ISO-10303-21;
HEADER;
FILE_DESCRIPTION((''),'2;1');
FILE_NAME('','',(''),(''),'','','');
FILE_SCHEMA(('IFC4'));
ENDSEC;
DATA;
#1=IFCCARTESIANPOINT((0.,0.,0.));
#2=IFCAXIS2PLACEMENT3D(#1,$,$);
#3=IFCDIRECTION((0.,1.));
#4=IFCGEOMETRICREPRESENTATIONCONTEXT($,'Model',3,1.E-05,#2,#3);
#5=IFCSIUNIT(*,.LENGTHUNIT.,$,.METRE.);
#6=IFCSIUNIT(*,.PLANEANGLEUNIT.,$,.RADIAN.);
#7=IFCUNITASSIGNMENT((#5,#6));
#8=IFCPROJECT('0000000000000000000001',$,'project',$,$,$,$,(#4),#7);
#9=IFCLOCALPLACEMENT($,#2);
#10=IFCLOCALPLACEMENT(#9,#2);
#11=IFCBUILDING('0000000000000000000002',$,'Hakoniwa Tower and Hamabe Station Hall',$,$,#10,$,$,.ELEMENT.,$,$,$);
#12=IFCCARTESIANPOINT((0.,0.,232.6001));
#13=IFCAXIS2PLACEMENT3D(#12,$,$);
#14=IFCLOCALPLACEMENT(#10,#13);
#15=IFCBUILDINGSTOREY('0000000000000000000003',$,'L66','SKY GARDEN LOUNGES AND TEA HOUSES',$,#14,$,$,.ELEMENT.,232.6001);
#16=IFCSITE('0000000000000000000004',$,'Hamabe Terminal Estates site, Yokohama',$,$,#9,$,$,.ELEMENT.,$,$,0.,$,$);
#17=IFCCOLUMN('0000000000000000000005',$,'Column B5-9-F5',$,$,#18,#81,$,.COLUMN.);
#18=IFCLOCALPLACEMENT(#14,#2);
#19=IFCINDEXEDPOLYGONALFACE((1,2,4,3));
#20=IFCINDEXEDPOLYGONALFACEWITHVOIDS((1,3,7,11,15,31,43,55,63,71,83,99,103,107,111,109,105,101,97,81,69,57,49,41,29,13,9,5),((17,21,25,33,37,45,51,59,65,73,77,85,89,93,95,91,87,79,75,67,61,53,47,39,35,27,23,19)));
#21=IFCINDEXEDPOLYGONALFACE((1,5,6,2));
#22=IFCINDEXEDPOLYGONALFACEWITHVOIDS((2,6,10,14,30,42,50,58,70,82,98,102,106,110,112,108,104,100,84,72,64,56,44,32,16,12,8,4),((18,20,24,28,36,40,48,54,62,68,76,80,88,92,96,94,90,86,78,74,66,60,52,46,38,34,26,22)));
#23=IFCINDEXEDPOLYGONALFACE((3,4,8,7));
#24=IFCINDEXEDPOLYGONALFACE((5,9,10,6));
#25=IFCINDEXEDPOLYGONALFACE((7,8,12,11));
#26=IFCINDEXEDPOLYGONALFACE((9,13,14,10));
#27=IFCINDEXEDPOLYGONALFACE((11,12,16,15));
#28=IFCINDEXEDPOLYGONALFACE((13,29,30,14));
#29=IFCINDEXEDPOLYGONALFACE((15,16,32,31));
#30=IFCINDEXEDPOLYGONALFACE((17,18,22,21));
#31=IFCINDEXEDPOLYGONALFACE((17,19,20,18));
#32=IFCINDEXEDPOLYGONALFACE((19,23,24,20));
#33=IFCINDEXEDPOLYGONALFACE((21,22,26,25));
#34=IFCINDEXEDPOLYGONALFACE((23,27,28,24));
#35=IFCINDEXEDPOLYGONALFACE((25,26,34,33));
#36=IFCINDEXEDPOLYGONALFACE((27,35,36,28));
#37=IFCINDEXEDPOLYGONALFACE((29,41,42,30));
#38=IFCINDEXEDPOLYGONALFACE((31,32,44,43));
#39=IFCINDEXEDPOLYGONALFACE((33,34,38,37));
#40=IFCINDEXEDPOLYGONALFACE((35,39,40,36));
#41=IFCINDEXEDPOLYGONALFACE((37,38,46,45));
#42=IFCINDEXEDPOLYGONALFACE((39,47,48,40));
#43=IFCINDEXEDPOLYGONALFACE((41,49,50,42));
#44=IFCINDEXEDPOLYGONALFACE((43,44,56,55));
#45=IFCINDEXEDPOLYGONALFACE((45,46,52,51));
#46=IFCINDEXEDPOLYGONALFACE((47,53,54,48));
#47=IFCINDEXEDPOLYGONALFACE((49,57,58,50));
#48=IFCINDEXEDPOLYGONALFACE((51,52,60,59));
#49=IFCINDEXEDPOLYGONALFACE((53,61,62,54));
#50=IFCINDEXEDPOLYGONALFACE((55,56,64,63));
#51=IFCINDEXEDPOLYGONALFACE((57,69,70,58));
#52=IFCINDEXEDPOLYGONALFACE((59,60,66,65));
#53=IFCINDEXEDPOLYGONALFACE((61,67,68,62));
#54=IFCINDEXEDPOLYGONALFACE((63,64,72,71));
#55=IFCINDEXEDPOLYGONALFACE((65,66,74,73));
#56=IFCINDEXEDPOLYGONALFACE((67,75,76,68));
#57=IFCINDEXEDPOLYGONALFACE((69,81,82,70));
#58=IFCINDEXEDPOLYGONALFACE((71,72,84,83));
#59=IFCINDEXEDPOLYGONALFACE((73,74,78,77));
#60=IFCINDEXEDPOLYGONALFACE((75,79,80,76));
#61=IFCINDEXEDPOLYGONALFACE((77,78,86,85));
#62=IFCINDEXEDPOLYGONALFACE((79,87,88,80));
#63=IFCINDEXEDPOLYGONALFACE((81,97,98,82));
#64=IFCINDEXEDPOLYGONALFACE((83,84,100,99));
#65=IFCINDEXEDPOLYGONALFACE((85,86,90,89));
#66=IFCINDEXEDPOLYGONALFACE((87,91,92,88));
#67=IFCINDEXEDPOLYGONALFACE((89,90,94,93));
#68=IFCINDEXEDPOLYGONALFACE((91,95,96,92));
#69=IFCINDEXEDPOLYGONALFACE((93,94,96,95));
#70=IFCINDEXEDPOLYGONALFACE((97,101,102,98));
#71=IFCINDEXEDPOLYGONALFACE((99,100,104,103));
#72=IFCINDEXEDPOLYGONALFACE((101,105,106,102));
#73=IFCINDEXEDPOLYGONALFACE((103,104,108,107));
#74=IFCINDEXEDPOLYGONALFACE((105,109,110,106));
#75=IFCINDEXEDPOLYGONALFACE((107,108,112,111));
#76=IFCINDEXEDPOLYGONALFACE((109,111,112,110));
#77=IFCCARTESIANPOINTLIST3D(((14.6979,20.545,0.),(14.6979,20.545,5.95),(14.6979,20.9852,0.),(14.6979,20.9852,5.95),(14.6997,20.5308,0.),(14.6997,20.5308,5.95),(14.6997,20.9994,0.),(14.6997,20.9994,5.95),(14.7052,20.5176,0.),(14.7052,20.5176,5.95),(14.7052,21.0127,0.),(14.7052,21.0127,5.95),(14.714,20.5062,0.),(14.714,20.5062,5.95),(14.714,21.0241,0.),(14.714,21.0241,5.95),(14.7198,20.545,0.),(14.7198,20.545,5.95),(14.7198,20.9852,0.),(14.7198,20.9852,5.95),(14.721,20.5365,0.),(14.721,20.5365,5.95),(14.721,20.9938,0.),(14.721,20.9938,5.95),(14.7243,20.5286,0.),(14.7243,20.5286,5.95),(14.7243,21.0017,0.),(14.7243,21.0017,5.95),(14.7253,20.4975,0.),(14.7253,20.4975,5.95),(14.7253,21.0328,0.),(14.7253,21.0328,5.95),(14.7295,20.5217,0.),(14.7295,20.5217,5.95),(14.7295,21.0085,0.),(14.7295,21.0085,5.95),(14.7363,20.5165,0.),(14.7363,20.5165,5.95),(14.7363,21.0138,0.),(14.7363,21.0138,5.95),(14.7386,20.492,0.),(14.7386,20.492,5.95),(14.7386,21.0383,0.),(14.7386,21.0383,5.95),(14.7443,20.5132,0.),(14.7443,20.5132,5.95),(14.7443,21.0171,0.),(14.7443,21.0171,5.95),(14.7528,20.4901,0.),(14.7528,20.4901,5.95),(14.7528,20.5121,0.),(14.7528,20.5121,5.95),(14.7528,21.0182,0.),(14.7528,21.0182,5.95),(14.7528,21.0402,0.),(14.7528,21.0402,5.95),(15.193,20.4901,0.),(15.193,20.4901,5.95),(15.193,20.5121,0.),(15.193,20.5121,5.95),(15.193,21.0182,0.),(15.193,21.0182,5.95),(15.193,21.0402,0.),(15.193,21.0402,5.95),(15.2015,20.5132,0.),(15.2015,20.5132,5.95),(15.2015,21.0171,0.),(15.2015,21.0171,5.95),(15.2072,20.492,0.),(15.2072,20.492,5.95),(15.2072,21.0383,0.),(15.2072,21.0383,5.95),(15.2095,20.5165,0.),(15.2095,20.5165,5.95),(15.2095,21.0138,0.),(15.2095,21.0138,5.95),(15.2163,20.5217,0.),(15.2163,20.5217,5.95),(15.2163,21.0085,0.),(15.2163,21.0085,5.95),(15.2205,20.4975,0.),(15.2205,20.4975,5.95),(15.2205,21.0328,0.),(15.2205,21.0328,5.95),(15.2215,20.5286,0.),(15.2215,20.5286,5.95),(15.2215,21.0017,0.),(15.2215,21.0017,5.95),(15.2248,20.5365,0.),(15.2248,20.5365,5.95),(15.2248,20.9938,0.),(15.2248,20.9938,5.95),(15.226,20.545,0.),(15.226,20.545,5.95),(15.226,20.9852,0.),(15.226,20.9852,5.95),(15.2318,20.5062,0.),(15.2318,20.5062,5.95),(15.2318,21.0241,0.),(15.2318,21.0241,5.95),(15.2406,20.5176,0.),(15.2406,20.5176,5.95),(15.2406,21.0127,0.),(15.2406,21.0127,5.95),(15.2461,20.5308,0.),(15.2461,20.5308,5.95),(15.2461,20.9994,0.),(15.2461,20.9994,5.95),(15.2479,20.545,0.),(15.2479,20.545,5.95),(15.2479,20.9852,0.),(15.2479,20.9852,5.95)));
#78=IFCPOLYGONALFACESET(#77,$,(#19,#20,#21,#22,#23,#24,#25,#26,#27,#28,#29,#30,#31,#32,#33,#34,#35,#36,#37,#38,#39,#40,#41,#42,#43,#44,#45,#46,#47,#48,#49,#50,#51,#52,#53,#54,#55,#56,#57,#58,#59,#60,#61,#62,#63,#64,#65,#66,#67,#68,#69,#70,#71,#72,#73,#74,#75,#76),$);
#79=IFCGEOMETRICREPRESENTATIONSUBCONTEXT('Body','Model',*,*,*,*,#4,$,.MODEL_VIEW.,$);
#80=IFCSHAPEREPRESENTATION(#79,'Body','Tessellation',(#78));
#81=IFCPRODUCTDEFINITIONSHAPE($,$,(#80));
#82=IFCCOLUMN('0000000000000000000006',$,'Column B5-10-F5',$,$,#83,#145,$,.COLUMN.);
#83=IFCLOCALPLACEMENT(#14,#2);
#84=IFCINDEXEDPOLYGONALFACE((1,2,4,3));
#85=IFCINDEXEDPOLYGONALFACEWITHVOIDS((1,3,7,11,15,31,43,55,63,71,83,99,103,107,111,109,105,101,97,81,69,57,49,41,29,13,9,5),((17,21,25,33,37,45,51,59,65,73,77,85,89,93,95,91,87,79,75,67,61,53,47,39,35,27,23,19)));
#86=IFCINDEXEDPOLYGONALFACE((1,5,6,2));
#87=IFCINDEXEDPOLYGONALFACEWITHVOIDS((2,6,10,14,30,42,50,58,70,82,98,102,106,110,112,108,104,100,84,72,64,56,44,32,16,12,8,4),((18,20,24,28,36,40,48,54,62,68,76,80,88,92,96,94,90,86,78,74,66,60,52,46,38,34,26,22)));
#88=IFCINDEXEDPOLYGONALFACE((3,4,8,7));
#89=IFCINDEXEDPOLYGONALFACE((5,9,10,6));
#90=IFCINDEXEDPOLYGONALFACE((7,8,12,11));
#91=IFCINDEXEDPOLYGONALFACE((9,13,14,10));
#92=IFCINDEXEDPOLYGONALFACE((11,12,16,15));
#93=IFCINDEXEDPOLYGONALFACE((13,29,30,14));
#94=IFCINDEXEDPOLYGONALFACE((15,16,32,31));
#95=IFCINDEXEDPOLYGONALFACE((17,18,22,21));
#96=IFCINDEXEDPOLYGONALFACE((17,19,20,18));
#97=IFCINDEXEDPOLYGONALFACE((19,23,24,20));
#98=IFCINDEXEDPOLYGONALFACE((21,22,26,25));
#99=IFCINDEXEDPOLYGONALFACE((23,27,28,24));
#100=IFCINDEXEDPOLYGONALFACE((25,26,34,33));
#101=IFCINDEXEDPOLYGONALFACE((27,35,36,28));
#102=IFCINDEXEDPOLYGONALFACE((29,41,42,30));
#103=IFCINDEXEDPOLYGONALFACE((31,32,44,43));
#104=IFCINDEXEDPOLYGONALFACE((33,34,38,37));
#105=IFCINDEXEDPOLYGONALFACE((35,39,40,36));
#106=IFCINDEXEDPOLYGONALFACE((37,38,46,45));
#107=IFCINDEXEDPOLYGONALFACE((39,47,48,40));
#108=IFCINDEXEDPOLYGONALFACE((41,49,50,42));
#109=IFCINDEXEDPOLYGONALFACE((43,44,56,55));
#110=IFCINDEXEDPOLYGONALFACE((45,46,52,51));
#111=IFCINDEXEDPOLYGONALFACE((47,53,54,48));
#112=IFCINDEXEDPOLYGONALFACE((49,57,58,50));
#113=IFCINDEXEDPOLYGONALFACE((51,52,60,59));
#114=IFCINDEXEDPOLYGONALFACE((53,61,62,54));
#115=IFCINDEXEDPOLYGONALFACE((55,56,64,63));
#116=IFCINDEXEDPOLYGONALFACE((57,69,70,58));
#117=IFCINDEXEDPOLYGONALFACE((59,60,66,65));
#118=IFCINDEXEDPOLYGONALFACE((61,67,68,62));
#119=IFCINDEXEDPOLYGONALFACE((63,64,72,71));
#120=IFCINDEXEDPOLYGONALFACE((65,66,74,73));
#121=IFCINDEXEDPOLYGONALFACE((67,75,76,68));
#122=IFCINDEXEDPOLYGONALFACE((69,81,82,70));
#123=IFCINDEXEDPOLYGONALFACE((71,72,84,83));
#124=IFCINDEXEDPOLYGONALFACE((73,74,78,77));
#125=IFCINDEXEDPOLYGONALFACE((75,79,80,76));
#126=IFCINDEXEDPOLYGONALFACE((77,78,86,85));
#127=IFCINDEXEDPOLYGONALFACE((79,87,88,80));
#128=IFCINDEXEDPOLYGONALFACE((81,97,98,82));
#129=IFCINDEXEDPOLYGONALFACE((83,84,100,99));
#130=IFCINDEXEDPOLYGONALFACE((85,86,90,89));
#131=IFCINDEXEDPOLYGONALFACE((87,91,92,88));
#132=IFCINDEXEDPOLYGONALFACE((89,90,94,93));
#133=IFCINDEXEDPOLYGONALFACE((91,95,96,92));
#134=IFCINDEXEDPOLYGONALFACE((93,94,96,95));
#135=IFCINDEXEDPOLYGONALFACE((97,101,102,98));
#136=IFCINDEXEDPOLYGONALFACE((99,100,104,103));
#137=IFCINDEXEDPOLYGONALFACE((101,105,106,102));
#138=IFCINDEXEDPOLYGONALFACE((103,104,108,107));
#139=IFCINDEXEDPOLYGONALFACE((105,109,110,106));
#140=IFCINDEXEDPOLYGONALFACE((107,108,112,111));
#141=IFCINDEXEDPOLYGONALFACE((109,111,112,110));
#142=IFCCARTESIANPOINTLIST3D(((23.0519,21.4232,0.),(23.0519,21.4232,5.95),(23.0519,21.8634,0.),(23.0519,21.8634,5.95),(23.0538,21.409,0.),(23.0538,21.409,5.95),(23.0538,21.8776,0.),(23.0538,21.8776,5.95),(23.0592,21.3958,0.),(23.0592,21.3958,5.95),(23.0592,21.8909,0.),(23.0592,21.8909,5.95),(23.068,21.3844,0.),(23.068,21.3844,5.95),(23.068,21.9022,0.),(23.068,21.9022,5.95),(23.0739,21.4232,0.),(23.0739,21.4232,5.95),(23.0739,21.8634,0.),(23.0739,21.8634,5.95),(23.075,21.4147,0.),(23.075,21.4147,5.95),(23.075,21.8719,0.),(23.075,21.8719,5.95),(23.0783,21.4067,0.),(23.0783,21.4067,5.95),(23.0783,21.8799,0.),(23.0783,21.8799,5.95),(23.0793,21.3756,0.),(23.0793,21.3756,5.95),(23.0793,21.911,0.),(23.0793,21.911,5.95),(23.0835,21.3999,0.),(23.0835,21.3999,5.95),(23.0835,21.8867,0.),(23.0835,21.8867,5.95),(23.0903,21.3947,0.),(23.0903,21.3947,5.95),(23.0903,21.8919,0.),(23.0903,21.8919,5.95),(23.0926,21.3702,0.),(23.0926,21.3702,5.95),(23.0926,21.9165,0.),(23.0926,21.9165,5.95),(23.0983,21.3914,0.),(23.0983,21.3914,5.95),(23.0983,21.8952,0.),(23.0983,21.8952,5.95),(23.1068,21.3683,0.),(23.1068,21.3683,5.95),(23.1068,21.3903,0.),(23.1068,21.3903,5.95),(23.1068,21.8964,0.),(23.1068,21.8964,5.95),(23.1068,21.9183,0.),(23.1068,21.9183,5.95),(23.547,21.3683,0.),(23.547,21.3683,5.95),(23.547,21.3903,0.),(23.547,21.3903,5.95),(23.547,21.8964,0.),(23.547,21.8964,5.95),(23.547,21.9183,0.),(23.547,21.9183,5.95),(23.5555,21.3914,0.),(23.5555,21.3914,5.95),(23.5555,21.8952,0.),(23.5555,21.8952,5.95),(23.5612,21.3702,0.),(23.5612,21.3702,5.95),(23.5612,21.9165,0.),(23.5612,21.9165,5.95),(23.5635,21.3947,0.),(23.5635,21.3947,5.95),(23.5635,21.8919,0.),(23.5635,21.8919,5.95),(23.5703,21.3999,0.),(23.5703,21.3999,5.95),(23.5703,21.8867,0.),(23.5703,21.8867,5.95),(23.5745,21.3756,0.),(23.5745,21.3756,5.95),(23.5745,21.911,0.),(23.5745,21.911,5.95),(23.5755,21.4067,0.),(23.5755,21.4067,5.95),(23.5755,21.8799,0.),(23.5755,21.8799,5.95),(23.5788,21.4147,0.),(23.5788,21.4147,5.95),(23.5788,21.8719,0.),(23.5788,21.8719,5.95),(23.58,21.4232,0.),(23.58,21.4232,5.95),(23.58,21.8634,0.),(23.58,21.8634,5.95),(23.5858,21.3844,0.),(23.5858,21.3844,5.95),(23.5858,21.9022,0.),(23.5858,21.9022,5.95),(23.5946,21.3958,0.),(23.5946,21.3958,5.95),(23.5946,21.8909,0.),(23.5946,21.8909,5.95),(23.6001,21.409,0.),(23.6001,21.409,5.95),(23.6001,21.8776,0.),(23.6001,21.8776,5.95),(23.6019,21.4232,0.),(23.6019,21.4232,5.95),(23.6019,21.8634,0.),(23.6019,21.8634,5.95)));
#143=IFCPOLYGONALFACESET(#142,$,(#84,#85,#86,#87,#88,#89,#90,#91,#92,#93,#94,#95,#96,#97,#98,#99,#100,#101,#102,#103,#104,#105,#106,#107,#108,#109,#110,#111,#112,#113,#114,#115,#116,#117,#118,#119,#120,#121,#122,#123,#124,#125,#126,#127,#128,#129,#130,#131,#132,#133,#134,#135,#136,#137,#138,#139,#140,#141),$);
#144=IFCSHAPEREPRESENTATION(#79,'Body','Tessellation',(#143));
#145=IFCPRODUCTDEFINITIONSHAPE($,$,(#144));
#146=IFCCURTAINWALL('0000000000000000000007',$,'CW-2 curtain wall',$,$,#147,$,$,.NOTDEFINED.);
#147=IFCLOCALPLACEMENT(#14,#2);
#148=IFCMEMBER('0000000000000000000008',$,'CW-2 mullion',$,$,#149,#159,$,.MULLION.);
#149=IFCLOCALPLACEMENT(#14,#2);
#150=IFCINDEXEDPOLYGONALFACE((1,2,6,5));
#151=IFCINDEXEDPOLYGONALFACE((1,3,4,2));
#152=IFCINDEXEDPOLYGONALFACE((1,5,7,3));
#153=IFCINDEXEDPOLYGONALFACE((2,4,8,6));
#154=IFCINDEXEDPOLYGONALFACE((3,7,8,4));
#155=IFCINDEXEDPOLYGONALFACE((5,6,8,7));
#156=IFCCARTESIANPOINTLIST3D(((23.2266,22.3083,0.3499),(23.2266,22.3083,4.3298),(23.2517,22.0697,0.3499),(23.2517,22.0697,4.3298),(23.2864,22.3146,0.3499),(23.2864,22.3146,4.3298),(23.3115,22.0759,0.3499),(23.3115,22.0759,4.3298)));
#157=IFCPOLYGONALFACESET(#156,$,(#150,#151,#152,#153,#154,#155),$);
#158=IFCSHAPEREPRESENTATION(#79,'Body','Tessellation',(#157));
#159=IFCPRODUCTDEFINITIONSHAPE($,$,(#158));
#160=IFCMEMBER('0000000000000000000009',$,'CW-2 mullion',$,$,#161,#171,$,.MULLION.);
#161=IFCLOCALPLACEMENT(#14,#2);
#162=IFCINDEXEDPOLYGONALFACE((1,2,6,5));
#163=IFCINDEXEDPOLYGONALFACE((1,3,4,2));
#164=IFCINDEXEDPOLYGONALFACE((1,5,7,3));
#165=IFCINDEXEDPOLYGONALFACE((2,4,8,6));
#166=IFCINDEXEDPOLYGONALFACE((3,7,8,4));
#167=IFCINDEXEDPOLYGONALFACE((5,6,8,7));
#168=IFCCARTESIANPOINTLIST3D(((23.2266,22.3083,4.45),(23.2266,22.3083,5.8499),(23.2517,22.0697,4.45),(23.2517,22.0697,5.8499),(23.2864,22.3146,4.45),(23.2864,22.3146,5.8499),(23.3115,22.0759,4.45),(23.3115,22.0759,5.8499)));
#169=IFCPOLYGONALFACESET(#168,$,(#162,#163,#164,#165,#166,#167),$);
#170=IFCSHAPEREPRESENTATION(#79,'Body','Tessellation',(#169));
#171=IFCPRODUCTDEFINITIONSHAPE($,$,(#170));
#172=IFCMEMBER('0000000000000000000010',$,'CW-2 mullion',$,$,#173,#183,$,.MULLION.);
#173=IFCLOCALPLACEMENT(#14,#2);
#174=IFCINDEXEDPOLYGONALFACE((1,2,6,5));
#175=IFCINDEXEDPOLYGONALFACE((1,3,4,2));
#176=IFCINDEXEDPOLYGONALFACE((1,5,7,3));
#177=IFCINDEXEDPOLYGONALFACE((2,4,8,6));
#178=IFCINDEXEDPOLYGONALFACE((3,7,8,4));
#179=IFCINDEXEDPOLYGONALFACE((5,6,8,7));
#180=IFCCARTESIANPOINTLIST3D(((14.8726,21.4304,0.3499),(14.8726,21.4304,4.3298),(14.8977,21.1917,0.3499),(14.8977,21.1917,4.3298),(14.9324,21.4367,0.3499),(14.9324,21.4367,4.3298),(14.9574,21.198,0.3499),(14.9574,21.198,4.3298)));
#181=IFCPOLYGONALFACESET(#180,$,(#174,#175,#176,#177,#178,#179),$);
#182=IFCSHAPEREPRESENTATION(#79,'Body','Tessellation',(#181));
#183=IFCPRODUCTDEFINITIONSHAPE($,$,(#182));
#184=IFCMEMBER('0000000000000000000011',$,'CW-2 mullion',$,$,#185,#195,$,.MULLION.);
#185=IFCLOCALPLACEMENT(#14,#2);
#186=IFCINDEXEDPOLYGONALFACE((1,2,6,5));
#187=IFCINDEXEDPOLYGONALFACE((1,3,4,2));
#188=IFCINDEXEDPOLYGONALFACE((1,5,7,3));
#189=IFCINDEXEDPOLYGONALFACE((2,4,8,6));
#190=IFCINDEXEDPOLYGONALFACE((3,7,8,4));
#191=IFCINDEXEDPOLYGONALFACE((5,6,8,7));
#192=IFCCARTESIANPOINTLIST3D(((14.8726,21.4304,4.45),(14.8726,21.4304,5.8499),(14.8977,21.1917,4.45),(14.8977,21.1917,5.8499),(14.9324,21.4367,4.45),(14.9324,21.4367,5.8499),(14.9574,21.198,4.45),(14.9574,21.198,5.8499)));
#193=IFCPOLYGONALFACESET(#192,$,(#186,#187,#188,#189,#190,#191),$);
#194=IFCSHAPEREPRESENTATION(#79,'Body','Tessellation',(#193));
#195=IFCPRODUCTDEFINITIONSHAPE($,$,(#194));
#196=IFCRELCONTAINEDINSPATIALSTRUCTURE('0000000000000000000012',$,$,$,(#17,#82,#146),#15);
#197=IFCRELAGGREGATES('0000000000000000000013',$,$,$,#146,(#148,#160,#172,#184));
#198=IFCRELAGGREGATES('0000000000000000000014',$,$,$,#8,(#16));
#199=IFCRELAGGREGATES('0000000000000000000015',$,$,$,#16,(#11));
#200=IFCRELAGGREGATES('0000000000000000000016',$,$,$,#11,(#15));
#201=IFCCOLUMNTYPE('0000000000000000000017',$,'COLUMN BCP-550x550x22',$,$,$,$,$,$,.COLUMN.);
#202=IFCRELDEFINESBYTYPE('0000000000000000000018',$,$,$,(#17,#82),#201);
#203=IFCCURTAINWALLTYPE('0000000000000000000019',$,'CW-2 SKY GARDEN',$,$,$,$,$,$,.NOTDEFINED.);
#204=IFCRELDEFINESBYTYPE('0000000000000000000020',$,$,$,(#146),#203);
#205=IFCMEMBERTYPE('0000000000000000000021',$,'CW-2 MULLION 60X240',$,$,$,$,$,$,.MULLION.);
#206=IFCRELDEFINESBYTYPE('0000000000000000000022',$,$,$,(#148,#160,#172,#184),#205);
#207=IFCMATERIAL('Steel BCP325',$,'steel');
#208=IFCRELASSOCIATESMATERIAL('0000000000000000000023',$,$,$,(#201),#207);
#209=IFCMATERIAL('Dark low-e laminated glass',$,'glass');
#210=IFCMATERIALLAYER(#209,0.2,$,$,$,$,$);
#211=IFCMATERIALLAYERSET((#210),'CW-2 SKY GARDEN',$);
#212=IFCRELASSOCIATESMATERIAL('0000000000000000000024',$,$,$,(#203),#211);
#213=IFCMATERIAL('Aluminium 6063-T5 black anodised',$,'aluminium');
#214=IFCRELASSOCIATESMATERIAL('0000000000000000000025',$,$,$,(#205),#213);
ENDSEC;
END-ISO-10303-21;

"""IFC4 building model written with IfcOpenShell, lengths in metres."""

from ifc_helpers import new_model, si_unit, direction, frame, origin, origin_2d, place, context, subcontext, project, spatial, rectangle, hollow_rectangle, extrude, material, layer, layer_set, material_profile, profile_set, type_object, element, aggregate, save


model = new_model("IFC4")

# Units and contexts
model_context = context("Model", 3, precision=1e-05, world=origin(), true_north=direction((0.0, 1.0)))
body_context = subcontext(model_context, "Body", "Model", "MODEL_VIEW")
ifc_project = project(units=[si_unit("LENGTHUNIT", "METRE"), si_unit("PLANEANGLEUNIT", "RADIAN")], contexts=[model_context])

# Site, building, storey
site_placement = place(None, origin())
site = spatial("IfcSite", under=ifc_project, at=site_placement, Name="Hamabe Terminal Estates site, Yokohama", CompositionType="ELEMENT", RefElevation=0.0)
building_placement = place(site_placement, origin())
building = spatial("IfcBuilding", under=site, at=building_placement, Name="Hakoniwa Tower and Hamabe Station Hall", CompositionType="ELEMENT")
storey_placement = place(building_placement, frame((0.0, 0.0, 232.6001)))
storey = spatial("IfcBuildingStorey", under=building, at=storey_placement, Name="L66", Description="SKY GARDEN LOUNGES AND TEA HOUSES", CompositionType="ELEMENT", Elevation=232.6001)

# Columns
ifc_material_1 = material(Name="Steel BCP325", Category="steel")
ifc_material_profile_1 = material_profile(ifc_material_1, hollow_rectangle(XDim=0.55, YDim=0.55, WallThickness=0.022, InnerFilletRadius=0.033, OuterFilletRadius=0.0549, at=origin_2d()), Name="BCP-550x550x22")
ifc_profile_set_1 = profile_set([ifc_material_profile_1], Name="Steel BCP325")
column_type = type_object("IfcColumnType", Name="COLUMN BCP-550x550x22", PredefinedType="COLUMN", material=ifc_profile_set_1)
for number, where, z_axis, x_axis, name in (
    (1, (14.9729, 20.7651, 0.0), (0.0, 0.0, 1.0), (1.0, 0.0, 0.0), "Column B5-9-F5"),
    (2, (23.3269, 21.6433, 0.0), (0.0, 0.0, 1.0), (1.0, 0.0, 0.0), "Column B5-10-F5"),
):
    element("IfcColumn", number, at=place(storey_placement, frame(where, z_axis=z_axis, x_axis=x_axis)), inside=storey, type_object=column_type, Name=name, PredefinedType="COLUMN", context=body_context, shape_type="SweptSolid", body=[
        extrude(hollow_rectangle(XDim=0.55, YDim=0.55, WallThickness=0.022, InnerFilletRadius=0.033, OuterFilletRadius=0.0549, at=origin_2d()), origin(), (0.0, 0.0, 1.0), 5.95),
    ])

# Curtain wall, members
ifc_material_2 = material(Name="Dark low-e laminated glass", Category="glass")
ifc_layer_1 = layer(ifc_material_2, 0.2)
ifc_layer_set_1 = layer_set([ifc_layer_1], Name="CW-2 SKY GARDEN")
curtain_wall_type = type_object("IfcCurtainWallType", Name="CW-2 SKY GARDEN", PredefinedType="NOTDEFINED", material=ifc_layer_set_1)
curtain_wall_placement = place(storey_placement, origin())
curtain_wall = element("IfcCurtainWall", 3, at=curtain_wall_placement, inside=storey, type_object=curtain_wall_type, Name="CW-2 curtain wall", PredefinedType="NOTDEFINED")
ifc_material_3 = material(Name="Aluminium 6063-T5 black anodised", Category="aluminium")
ifc_material_profile_2 = material_profile(ifc_material_3, rectangle(XDim=0.0601, YDim=0.24, at=origin_2d()), Name="CW-2 MULLION 60X240")
ifc_profile_set_2 = profile_set([ifc_material_profile_2], Name="Aluminium 6063-T5 black anodised")
member_type = type_object("IfcMemberType", Name="CW-2 MULLION 60X240", PredefinedType="MULLION", material=ifc_profile_set_2)
member_1_placement = place(storey_placement, frame((23.269, 22.1921, 0.3499), z_axis=(0.0, 0.0, 1.0), x_axis=(-0.994522, -0.104528, 0.0)))
member_1 = element("IfcMember", 4, at=member_1_placement, type_object=member_type, Name="CW-2 mullion", PredefinedType="MULLION", context=body_context, shape_type="SweptSolid", body=[
    extrude(rectangle(XDim=0.0601, YDim=0.24, at=origin_2d()), origin(), (0.0, 0.0, 1.0), 3.98),
])
member_2_placement = place(storey_placement, frame((23.269, 22.1921, 4.45), z_axis=(0.0, 0.0, 1.0), x_axis=(-0.994522, -0.104528, 0.0)))
member_2 = element("IfcMember", 5, at=member_2_placement, type_object=member_type, Name="CW-2 mullion", PredefinedType="MULLION", context=body_context, shape_type="SweptSolid", body=[
    extrude(rectangle(XDim=0.0601, YDim=0.24, at=origin_2d()), origin(), (0.0, 0.0, 1.0), 1.3999),
])
member_3_placement = place(storey_placement, frame((14.915, 21.3142, 0.3499), z_axis=(0.0, 0.0, 1.0), x_axis=(-0.994522, -0.104528, 0.0)))
member_3 = element("IfcMember", 6, at=member_3_placement, type_object=member_type, Name="CW-2 mullion", PredefinedType="MULLION", context=body_context, shape_type="SweptSolid", body=[
    extrude(rectangle(XDim=0.0601, YDim=0.24, at=origin_2d()), origin(), (0.0, 0.0, 1.0), 3.98),
])
member_4_placement = place(storey_placement, frame((14.915, 21.3142, 4.45), z_axis=(0.0, 0.0, 1.0), x_axis=(-0.994522, -0.104528, 0.0)))
member_4 = element("IfcMember", 7, at=member_4_placement, type_object=member_type, Name="CW-2 mullion", PredefinedType="MULLION", context=body_context, shape_type="SweptSolid", body=[
    extrude(rectangle(XDim=0.0601, YDim=0.24, at=origin_2d()), origin(), (0.0, 0.0, 1.0), 1.3999),
])
aggregate(curtain_wall, [member_1, member_2, member_3, member_4])

save(model, "model.ifc")
